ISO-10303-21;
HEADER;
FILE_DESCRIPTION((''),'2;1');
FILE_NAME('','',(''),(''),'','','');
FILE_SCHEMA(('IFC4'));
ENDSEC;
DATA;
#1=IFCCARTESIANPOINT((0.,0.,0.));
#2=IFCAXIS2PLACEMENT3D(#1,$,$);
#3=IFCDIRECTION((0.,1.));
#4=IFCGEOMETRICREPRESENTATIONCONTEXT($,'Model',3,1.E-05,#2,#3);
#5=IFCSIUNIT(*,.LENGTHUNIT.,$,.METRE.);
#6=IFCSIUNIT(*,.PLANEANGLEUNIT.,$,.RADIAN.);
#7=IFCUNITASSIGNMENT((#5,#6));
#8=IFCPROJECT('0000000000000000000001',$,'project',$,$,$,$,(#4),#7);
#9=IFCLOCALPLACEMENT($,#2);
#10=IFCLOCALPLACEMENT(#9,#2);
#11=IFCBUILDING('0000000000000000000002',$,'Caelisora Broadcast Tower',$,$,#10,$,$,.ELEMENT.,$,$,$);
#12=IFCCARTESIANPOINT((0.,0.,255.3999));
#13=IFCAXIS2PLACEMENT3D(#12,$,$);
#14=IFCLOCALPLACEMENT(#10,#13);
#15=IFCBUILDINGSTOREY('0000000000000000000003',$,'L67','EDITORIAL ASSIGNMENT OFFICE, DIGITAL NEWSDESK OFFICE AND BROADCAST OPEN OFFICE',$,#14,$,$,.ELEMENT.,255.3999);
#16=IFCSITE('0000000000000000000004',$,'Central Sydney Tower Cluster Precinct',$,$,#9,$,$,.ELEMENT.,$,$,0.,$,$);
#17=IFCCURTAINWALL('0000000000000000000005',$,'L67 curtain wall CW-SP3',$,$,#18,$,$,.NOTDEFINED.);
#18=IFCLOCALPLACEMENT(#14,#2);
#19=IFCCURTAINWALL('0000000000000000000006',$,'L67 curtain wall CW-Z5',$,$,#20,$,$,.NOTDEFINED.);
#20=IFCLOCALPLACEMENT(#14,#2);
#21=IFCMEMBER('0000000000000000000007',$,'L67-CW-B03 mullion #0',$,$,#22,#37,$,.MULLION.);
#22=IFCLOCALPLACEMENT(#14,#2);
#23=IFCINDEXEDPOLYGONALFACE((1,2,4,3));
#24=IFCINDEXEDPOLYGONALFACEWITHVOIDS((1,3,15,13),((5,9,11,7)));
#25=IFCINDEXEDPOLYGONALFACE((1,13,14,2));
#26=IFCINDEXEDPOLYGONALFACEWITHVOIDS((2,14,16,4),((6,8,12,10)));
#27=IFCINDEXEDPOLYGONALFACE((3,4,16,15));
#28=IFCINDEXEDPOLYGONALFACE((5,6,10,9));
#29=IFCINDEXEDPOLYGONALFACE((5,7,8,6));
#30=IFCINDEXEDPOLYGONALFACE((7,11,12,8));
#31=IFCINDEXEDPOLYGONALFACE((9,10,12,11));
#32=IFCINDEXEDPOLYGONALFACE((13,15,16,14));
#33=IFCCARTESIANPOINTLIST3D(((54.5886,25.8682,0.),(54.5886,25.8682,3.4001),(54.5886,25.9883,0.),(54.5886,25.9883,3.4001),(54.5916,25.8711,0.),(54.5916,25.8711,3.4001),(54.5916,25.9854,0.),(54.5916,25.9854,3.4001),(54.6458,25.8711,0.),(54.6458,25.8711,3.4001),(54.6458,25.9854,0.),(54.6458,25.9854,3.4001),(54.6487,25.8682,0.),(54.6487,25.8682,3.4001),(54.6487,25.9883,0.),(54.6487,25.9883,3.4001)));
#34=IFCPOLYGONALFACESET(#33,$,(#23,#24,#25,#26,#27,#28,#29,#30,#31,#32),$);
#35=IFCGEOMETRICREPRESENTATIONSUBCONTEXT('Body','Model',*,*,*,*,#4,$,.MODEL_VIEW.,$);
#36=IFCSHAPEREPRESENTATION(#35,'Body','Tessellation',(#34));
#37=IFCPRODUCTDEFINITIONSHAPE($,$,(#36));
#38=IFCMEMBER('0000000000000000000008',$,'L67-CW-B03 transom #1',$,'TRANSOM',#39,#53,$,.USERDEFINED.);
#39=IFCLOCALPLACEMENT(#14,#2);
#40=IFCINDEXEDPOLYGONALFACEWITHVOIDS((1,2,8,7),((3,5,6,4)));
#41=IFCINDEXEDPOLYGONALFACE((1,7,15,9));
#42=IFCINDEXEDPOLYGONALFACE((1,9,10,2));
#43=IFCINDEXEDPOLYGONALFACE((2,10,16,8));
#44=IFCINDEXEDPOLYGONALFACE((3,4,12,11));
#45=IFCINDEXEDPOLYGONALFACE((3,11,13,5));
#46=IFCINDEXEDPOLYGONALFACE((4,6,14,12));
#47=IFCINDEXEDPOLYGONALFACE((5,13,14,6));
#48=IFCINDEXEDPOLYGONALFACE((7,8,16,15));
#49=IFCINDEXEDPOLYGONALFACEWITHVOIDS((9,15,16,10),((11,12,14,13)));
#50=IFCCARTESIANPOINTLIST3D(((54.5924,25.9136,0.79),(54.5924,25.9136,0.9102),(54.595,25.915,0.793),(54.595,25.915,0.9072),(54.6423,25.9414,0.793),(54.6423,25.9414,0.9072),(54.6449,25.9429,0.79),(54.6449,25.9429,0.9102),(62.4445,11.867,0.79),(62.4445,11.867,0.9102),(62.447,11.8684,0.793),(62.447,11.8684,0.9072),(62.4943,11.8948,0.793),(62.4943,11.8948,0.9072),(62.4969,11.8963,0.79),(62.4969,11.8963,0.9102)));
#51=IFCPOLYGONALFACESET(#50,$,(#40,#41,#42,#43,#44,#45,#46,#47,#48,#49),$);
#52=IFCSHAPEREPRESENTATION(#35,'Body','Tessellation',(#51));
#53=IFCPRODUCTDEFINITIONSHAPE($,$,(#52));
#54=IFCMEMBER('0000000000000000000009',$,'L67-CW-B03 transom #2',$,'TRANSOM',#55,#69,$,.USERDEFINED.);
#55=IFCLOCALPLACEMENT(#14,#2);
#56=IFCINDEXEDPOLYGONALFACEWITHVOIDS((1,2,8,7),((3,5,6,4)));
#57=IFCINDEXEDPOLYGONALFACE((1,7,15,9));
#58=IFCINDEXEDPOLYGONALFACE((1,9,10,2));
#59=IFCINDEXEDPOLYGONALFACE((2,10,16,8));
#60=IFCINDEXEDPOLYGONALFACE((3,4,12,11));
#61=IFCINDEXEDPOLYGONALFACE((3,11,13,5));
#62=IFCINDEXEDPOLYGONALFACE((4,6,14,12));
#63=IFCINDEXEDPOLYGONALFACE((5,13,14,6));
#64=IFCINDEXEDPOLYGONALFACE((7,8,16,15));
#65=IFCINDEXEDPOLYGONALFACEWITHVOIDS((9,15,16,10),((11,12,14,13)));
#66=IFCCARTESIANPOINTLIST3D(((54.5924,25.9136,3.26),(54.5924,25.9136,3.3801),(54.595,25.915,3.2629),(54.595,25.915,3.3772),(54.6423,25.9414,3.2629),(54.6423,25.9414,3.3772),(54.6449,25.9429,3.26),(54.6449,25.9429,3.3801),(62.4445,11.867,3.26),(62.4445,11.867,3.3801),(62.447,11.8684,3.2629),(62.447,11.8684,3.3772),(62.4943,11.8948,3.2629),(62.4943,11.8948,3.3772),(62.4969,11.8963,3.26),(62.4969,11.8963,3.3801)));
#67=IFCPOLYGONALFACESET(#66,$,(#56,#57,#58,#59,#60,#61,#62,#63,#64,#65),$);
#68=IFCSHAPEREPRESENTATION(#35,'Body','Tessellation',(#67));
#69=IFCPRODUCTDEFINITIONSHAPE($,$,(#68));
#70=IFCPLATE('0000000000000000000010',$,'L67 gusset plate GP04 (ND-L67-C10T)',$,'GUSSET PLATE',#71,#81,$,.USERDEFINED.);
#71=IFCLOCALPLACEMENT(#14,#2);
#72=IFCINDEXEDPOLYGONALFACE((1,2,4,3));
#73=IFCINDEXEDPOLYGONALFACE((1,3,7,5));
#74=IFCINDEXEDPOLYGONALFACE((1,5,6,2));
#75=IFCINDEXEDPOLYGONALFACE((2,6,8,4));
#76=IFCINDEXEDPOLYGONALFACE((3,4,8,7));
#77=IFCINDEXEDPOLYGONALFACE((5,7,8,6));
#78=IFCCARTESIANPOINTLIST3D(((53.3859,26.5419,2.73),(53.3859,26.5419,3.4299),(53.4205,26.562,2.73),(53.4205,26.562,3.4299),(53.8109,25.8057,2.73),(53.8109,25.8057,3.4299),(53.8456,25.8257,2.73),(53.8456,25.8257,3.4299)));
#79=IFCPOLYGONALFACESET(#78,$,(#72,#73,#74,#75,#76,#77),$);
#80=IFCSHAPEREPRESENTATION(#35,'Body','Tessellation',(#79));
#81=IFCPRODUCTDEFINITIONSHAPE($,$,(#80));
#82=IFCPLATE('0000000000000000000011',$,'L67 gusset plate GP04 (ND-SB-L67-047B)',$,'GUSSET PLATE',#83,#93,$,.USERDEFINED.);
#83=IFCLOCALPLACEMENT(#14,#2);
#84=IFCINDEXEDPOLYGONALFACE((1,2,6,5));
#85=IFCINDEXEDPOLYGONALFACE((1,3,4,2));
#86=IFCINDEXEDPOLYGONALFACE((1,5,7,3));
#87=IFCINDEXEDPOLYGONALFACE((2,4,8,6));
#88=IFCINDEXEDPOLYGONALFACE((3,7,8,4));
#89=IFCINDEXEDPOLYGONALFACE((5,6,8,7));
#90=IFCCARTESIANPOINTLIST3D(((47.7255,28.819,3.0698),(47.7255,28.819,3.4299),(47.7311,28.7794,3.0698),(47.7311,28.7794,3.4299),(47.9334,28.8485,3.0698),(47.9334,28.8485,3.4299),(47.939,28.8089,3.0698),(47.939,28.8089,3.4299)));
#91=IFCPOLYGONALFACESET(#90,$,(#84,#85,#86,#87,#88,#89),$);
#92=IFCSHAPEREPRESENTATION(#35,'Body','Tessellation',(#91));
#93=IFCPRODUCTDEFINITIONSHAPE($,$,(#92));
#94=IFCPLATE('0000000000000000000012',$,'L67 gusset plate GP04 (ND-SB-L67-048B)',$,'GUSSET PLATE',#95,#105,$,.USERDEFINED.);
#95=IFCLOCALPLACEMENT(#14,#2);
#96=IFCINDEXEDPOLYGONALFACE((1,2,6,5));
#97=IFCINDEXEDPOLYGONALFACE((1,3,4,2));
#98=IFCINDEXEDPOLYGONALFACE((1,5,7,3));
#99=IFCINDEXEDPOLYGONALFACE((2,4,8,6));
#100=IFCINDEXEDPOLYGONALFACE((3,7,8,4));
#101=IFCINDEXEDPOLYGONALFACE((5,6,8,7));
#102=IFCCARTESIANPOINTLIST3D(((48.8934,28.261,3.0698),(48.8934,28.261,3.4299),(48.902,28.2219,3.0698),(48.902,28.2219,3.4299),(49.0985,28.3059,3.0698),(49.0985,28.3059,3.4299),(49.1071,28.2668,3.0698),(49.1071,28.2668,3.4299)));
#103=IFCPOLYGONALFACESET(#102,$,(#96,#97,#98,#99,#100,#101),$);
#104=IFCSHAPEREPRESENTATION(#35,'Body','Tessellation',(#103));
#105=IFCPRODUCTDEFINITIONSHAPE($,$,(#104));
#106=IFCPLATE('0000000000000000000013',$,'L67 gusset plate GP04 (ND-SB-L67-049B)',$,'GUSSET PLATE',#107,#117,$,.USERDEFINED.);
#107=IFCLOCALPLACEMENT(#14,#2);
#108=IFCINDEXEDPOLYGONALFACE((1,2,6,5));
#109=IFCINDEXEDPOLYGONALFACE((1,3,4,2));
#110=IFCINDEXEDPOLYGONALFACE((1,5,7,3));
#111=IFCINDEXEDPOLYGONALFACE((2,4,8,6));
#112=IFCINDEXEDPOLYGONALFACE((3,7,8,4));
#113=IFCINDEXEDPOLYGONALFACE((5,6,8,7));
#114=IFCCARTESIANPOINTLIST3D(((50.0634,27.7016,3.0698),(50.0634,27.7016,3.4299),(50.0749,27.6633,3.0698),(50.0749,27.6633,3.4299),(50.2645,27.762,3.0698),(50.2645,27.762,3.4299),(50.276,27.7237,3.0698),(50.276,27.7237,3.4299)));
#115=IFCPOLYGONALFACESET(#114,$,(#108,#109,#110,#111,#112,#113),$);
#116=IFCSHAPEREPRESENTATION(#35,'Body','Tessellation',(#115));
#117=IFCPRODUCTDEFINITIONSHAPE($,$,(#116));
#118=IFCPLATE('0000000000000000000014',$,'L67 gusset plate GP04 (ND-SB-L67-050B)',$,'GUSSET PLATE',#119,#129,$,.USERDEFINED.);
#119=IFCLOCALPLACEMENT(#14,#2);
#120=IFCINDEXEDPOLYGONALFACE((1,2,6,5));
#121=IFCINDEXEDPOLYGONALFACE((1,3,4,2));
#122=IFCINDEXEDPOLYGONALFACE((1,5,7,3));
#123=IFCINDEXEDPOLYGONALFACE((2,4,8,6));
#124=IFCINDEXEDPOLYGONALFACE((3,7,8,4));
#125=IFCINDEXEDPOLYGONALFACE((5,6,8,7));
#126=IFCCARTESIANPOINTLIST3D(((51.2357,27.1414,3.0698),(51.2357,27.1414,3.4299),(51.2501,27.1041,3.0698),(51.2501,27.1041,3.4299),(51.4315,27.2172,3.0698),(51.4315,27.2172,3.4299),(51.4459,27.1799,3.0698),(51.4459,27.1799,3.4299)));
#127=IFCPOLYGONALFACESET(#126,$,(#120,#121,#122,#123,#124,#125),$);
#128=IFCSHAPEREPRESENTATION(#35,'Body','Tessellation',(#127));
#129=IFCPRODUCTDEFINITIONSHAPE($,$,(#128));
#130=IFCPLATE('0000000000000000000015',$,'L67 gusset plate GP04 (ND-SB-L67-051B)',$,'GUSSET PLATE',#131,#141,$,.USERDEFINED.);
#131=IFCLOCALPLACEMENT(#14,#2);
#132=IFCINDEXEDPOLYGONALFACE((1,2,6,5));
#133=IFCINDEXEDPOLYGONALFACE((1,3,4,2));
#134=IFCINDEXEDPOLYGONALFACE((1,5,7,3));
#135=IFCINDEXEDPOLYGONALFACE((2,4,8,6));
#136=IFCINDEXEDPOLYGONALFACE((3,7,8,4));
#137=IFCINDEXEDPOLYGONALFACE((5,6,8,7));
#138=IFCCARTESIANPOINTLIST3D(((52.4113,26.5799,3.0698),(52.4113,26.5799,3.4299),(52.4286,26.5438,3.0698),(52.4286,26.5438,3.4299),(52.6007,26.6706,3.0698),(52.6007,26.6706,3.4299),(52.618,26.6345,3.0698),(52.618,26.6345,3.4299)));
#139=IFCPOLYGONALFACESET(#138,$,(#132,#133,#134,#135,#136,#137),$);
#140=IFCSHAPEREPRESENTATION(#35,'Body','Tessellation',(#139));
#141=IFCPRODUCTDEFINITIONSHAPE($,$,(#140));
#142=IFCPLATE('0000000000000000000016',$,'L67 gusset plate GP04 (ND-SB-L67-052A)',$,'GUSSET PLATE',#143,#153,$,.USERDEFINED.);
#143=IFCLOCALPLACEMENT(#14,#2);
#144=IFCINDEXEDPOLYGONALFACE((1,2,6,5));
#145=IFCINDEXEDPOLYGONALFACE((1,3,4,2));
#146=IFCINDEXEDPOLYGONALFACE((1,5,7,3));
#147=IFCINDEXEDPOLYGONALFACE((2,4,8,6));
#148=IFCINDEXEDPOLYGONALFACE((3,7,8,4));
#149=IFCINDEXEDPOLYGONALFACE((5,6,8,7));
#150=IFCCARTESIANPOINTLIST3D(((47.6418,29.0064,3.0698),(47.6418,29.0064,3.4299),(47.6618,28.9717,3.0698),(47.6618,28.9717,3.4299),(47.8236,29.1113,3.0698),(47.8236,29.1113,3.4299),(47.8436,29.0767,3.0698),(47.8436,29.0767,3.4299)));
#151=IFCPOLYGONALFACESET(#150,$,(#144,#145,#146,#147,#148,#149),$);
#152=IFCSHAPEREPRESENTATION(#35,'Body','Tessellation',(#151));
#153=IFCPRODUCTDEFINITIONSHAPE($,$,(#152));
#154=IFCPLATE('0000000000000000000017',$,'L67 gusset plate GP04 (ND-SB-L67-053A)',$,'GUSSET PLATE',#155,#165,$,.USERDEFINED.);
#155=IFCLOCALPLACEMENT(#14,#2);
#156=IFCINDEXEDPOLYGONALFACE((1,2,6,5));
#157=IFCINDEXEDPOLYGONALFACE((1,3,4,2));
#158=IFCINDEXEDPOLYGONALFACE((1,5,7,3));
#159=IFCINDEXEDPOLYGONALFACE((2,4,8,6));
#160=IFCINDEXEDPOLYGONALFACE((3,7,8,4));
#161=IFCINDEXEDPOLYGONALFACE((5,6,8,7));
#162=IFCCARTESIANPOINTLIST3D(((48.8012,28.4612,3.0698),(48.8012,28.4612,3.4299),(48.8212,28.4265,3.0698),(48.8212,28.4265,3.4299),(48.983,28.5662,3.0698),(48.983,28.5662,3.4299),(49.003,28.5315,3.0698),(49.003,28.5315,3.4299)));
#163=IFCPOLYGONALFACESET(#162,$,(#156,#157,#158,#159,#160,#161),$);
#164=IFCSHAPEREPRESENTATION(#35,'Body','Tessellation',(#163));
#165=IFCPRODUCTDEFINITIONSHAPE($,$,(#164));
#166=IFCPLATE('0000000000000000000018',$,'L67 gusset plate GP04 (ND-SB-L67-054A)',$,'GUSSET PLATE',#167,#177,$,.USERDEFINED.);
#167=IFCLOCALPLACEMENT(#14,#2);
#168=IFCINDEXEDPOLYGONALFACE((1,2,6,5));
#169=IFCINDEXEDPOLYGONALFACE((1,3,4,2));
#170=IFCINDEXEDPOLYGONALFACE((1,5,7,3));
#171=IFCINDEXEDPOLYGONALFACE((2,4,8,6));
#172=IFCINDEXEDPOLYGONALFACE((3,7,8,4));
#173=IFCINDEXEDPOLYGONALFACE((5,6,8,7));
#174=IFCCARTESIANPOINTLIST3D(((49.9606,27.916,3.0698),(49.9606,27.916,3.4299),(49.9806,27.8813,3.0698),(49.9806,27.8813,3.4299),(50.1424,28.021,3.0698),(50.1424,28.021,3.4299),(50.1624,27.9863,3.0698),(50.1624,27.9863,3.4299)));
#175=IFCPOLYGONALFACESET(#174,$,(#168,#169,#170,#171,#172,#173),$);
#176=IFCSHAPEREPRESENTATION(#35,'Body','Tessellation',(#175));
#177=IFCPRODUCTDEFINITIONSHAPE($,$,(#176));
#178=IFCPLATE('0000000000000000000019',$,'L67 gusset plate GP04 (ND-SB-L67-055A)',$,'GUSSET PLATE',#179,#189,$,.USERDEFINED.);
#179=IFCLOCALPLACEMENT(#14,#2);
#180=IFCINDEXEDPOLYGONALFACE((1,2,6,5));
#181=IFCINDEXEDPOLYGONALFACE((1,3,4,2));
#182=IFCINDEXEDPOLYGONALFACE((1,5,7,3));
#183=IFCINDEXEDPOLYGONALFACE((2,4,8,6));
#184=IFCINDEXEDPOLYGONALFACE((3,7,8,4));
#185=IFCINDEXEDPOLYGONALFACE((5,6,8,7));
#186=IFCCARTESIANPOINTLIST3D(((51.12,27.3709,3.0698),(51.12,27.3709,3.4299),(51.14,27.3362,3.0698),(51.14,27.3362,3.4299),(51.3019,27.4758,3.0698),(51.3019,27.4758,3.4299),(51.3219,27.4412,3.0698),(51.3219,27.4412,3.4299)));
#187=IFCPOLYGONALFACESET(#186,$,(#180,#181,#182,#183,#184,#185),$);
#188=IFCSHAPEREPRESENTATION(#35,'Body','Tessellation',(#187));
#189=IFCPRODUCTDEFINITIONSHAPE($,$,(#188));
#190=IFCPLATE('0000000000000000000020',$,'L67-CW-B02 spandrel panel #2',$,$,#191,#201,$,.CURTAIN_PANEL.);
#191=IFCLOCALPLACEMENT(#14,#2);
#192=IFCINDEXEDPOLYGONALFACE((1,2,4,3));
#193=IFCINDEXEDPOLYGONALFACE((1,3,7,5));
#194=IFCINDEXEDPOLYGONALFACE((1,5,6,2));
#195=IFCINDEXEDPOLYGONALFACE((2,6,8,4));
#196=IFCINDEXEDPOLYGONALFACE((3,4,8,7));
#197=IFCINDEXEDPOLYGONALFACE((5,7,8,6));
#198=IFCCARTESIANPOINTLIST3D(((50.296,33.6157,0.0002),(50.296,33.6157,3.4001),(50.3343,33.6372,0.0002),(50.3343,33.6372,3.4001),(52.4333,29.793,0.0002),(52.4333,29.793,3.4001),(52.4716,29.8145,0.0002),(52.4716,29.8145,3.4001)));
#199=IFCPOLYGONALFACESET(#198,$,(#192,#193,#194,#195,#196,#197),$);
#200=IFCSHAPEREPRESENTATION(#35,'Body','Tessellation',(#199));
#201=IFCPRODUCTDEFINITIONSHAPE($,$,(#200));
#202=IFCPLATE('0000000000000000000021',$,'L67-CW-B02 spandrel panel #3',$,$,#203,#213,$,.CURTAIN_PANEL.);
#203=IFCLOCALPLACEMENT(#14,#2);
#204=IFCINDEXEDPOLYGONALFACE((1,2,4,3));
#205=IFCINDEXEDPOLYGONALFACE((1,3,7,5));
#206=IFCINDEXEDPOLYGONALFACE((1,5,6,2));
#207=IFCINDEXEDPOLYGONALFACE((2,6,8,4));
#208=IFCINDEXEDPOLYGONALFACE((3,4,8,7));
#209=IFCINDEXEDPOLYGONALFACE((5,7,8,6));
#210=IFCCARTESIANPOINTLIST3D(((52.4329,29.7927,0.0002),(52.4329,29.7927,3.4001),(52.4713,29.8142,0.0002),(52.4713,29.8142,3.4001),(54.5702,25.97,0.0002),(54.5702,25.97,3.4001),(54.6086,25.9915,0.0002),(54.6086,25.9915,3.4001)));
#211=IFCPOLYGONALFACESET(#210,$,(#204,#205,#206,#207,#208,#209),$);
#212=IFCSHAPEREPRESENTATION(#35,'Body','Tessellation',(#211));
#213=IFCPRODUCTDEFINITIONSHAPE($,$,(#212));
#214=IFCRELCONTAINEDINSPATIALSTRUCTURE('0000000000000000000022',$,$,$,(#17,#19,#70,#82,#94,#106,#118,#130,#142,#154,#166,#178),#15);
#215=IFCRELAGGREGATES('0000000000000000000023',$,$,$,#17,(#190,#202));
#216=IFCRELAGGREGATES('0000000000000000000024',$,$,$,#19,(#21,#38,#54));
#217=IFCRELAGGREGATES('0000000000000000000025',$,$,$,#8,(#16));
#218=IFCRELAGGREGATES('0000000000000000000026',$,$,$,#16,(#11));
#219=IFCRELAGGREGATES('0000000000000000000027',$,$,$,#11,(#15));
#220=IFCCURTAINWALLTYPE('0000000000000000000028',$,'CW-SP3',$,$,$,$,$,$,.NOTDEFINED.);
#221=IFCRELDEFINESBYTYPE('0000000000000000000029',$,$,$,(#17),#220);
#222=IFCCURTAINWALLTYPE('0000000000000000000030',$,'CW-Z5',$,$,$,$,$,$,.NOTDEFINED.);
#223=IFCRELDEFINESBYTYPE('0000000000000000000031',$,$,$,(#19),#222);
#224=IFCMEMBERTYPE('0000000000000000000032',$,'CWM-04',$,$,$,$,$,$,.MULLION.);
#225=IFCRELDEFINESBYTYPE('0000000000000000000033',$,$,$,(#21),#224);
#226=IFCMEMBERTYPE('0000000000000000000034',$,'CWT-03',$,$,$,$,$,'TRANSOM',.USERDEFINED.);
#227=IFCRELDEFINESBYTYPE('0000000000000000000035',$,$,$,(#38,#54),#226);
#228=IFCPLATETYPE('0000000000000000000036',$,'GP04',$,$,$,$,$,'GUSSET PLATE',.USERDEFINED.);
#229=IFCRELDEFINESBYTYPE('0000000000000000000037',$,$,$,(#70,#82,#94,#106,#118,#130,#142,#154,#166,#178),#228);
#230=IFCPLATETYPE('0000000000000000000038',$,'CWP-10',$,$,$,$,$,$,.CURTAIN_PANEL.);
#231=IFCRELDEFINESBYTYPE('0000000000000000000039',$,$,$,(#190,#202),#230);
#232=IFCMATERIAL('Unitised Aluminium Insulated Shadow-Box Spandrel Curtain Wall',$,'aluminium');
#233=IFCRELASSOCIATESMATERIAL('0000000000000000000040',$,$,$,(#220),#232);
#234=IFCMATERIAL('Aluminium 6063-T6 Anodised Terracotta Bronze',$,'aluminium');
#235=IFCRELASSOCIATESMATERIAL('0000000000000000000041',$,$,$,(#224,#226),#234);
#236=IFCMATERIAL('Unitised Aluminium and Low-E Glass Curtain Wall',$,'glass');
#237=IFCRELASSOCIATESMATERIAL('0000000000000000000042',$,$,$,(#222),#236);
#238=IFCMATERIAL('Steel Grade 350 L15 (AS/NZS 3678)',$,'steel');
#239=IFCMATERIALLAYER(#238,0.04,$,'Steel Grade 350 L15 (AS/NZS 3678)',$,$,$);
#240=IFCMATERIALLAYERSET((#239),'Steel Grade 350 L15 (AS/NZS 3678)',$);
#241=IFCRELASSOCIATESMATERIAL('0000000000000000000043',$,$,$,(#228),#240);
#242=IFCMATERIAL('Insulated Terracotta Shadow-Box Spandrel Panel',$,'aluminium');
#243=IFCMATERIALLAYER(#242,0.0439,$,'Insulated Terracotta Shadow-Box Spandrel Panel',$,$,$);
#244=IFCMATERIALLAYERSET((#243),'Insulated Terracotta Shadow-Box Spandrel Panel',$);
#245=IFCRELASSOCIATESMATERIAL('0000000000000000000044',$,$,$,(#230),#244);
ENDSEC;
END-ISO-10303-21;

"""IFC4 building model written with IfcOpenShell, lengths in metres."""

from ifc_helpers import new_model, si_unit, direction, frame, origin, origin_2d, place, context, subcontext, project, spatial, rectangle, hollow_rectangle, extrude, source, transform, mapped, material, layer, layer_set, material_profile, profile_set, type_object, type_shapes, element, aggregate, save


model = new_model("IFC4")

# Units and contexts
model_context = context("Model", 3, precision=1e-05, world=origin(), true_north=direction((0.0, 1.0)))
body_context = subcontext(model_context, "Body", "Model", "MODEL_VIEW")
ifc_project = project(units=[si_unit("LENGTHUNIT", "METRE"), si_unit("PLANEANGLEUNIT", "RADIAN")], contexts=[model_context])

# Site, building, storey
site_placement = place(None, origin())
site = spatial("IfcSite", under=ifc_project, at=site_placement, Name="Central Sydney Tower Cluster Precinct", CompositionType="ELEMENT", RefElevation=0.0)
building_placement = place(site_placement, origin())
building = spatial("IfcBuilding", under=site, at=building_placement, Name="Caelisora Broadcast Tower", CompositionType="ELEMENT")
storey_placement = place(building_placement, frame((0.0, 0.0, 255.3999)))
storey = spatial("IfcBuildingStorey", under=building, at=storey_placement, Name="L67", Description="EDITORIAL ASSIGNMENT OFFICE, DIGITAL NEWSDESK OFFICE AND BROADCAST OPEN OFFICE", CompositionType="ELEMENT", Elevation=255.3999)

# Shared definitions
ifc_material_1 = material(Name="Steel Grade 350 L15 (AS/NZS 3678)", Category="steel")

# Curtain walls, members
ifc_material_2 = material(Name="Unitised Aluminium Insulated Shadow-Box Spandrel Curtain Wall", Category="aluminium")
curtain_wall_type_1 = type_object("IfcCurtainWallType", Name="CW-SP3", PredefinedType="NOTDEFINED", material=ifc_material_2)
curtain_wall_1_placement = place(storey_placement, origin())
curtain_wall_1 = element("IfcCurtainWall", 1, at=curtain_wall_1_placement, inside=storey, type_object=curtain_wall_type_1, Name="L67 curtain wall CW-SP3", PredefinedType="NOTDEFINED")
ifc_material_3 = material(Name="Aluminium 6063-T6 Anodised Terracotta Bronze", Category="aluminium")
ifc_material_profile_1 = material_profile(ifc_material_3, hollow_rectangle(XDim=0.0601, YDim=0.1201, WallThickness=0.0029, at=origin_2d()), Name="Aluminium 6063-T6 Anodised Terracotta Bronze")
ifc_profile_set_1 = profile_set([ifc_material_profile_1], Name="Aluminium 6063-T6 Anodised Terracotta Bronze")
member_type_1 = type_object("IfcMemberType", Name="CWM-04", PredefinedType="MULLION", material=ifc_profile_set_1)
shared_shape_1 = source(origin(), body_context, "Body", "SweptSolid", [
    extrude(hollow_rectangle(XDim=0.0601, YDim=0.1201, WallThickness=0.0029, at=origin_2d()), origin(), (0.0, 0.0, 1.0), 3.4001),
])
type_shapes(member_type_1, [shared_shape_1])
ifc_material_4 = material(Name="Unitised Aluminium and Low-E Glass Curtain Wall", Category="glass")
curtain_wall_type_2 = type_object("IfcCurtainWallType", Name="CW-Z5", PredefinedType="NOTDEFINED", material=ifc_material_4)
curtain_wall_2_placement = place(storey_placement, origin())
curtain_wall_2 = element("IfcCurtainWall", 2, at=curtain_wall_2_placement, inside=storey, type_object=curtain_wall_type_2, Name="L67 curtain wall CW-Z5", PredefinedType="NOTDEFINED")
member_1_placement = place(storey_placement, frame((54.6187, 25.9282, 0.0), z_axis=(0.0, 0.0, 1.0), x_axis=(1.0, 0.0, 0.0)))
member_1 = element("IfcMember", 3, at=member_1_placement, type_object=member_type_1, Name="L67-CW-B03 mullion #0", PredefinedType="MULLION", context=body_context, shape_type="MappedRepresentation", body=[
    mapped(shared_shape_1, transform((0.0, 0.0, 0.0), scale=1.0)),
])
ifc_material_profile_2 = material_profile(ifc_material_3, hollow_rectangle(XDim=0.0601, YDim=0.1201, WallThickness=0.0029, at=origin_2d()), Name="Aluminium 6063-T6 Anodised Terracotta Bronze")
ifc_profile_set_2 = profile_set([ifc_material_profile_2], Name="Aluminium 6063-T6 Anodised Terracotta Bronze")
member_type_2 = type_object("IfcMemberType", Name="CWT-03", ElementType="TRANSOM", PredefinedType="USERDEFINED", material=ifc_profile_set_2)
shared_shape_2 = source(origin(), body_context, "Body", "SweptSolid", [
    extrude(hollow_rectangle(XDim=0.0601, YDim=0.1201, WallThickness=0.0029, at=origin_2d()), origin(), (0.0, 0.0, 1.0), 16.0923),
])
type_shapes(member_type_2, [shared_shape_2])
member_2_placement = place(storey_placement, frame((54.6187, 25.9282, 0.8501), z_axis=(0.487938, -0.872878, 0.0), x_axis=(0.872878, 0.487938, 0.0)))
member_2 = element("IfcMember", 4, at=member_2_placement, type_object=member_type_2, Name="L67-CW-B03 transom #1", ObjectType="TRANSOM", PredefinedType="USERDEFINED", context=body_context, shape_type="MappedRepresentation", body=[
    mapped(shared_shape_2, transform((0.0, 0.0, 0.0), scale=1.0)),
])
member_3_placement = place(storey_placement, frame((54.6187, 25.9282, 3.3201), z_axis=(0.487938, -0.872878, 0.0), x_axis=(0.872878, 0.487938, 0.0)))
member_3 = element("IfcMember", 5, at=member_3_placement, type_object=member_type_2, Name="L67-CW-B03 transom #2", ObjectType="TRANSOM", PredefinedType="USERDEFINED", context=body_context, shape_type="MappedRepresentation", body=[
    mapped(shared_shape_2, transform((0.0, 0.0, 0.0), scale=1.0)),
])

# Plates
ifc_layer_1 = layer(ifc_material_1, 0.04, Name="Steel Grade 350 L15 (AS/NZS 3678)")
ifc_layer_set_1 = layer_set([ifc_layer_1], Name="Steel Grade 350 L15 (AS/NZS 3678)")
plate_type_1 = type_object("IfcPlateType", Name="GP04", ElementType="GUSSET PLATE", PredefinedType="USERDEFINED", material=ifc_layer_set_1)
shared_shape_3 = source(origin(), body_context, "Body", "SweptSolid", [
    extrude(rectangle(XDim=0.8501, YDim=0.04, at=origin_2d()), origin(), (0.0, 0.0, 1.0), 0.7),
])
plate_1_placement = place(storey_placement, frame((53.6157, 26.1838, 2.73), z_axis=(0.0, 0.0, 1.0), x_axis=(-0.5, 0.866025, 0.0)))
element("IfcPlate", 6, at=plate_1_placement, inside=storey, type_object=plate_type_1, Name="L67 gusset plate GP04 (ND-L67-C10T)", ObjectType="GUSSET PLATE", PredefinedType="USERDEFINED", context=body_context, shape_type="MappedRepresentation", body=[
    mapped(shared_shape_3, transform((0.0, 0.0, 0.0), scale=1.0)),
])
shared_shape_4 = source(origin(), body_context, "Body", "SweptSolid", [
    extrude(rectangle(XDim=0.21, YDim=0.04, at=origin_2d()), origin(), (0.0, 0.0, 1.0), 0.3601),
])
type_shapes(plate_type_1, [shared_shape_3, shared_shape_4])
for number, where, z_axis, x_axis, name in (
    (7, (47.8323, 28.814, 3.0698), (0.0, 0.0, 1.0), (-0.990097, -0.140383, 0.0), "L67 gusset plate GP04 (ND-SB-L67-047B)"),
    (8, (49.0002, 28.2639, 3.0698), (0.0, 0.0, 1.0), (-0.976897, -0.213712, 0.0), "L67 gusset plate GP04 (ND-SB-L67-048B)"),
    (9, (50.1697, 27.7126, 3.0698), (0.0, 0.0, 1.0), (-0.957722, -0.287695, 0.0), "L67 gusset plate GP04 (ND-SB-L67-049B)"),
    (10, (51.3408, 27.1606, 3.0698), (0.0, 0.0, 1.0), (-0.932576, -0.360974, 0.0), "L67 gusset plate GP04 (ND-SB-L67-050B)"),
    (11, (52.5146, 26.6072, 3.0698), (0.0, 0.0, 1.0), (-0.901833, -0.432086, 0.0), "L67 gusset plate GP04 (ND-SB-L67-051B)"),
    (12, (47.7427, 29.0415, 3.0698), (0.0, 0.0, 1.0), (-0.866025, -0.5, 0.0), "L67 gusset plate GP04 (ND-SB-L67-052A)"),
    (13, (48.9021, 28.4963, 3.0698), (0.0, 0.0, 1.0), (-0.866025, -0.5, 0.0), "L67 gusset plate GP04 (ND-SB-L67-053A)"),
    (14, (50.0615, 27.9512, 3.0698), (0.0, 0.0, 1.0), (-0.866025, -0.5, 0.0), "L67 gusset plate GP04 (ND-SB-L67-054A)"),
    (15, (51.2209, 27.406, 3.0698), (0.0, 0.0, 1.0), (-0.866025, -0.5, 0.0), "L67 gusset plate GP04 (ND-SB-L67-055A)"),
):
    element("IfcPlate", number, at=place(storey_placement, frame(where, z_axis=z_axis, x_axis=x_axis)), inside=storey, type_object=plate_type_1, Name=name, ObjectType="GUSSET PLATE", PredefinedType="USERDEFINED", context=body_context, shape_type="MappedRepresentation", body=[
        mapped(shared_shape_4, transform((0.0, 0.0, 0.0), scale=1.0)),
    ])

# Plates
ifc_material_5 = material(Name="Insulated Terracotta Shadow-Box Spandrel Panel", Category="aluminium")
ifc_layer_2 = layer(ifc_material_5, 0.0439, Name="Insulated Terracotta Shadow-Box Spandrel Panel")
ifc_layer_set_2 = layer_set([ifc_layer_2], Name="Insulated Terracotta Shadow-Box Spandrel Panel")
plate_type_2 = type_object("IfcPlateType", Name="CWP-10", PredefinedType="CURTAIN_PANEL", material=ifc_layer_set_2)
shared_shape_5 = source(origin(), body_context, "Body", "SweptSolid", [
    extrude(rectangle(XDim=4.3796, YDim=0.0439, at=origin_2d()), origin(), (0.0, 0.0, 1.0), 3.3999),
])
type_shapes(plate_type_2, [shared_shape_5])
plate_2_placement = place(storey_placement, frame((51.3838, 31.7151, 0.0002), z_axis=(0.0, 0.0, 1.0), x_axis=(0.488012, -0.872837, 0.0)))
plate_2 = element("IfcPlate", 16, at=plate_2_placement, type_object=plate_type_2, Name="L67-CW-B02 spandrel panel #2", PredefinedType="CURTAIN_PANEL", context=body_context, shape_type="MappedRepresentation", body=[
    mapped(shared_shape_5, transform((0.0, 0.0, 0.0), scale=1.0)),
])
plate_3_placement = place(storey_placement, frame((53.5208, 27.8921, 0.0002), z_axis=(0.0, 0.0, 1.0), x_axis=(0.488012, -0.872837, 0.0)))
plate_3 = element("IfcPlate", 17, at=plate_3_placement, type_object=plate_type_2, Name="L67-CW-B02 spandrel panel #3", PredefinedType="CURTAIN_PANEL", context=body_context, shape_type="MappedRepresentation", body=[
    mapped(shared_shape_5, transform((0.0, 0.0, 0.0), scale=1.0)),
])
aggregate(curtain_wall_1, [plate_2, plate_3])
aggregate(curtain_wall_2, [member_1, member_2, member_3])

save(model, "model.ifc")
